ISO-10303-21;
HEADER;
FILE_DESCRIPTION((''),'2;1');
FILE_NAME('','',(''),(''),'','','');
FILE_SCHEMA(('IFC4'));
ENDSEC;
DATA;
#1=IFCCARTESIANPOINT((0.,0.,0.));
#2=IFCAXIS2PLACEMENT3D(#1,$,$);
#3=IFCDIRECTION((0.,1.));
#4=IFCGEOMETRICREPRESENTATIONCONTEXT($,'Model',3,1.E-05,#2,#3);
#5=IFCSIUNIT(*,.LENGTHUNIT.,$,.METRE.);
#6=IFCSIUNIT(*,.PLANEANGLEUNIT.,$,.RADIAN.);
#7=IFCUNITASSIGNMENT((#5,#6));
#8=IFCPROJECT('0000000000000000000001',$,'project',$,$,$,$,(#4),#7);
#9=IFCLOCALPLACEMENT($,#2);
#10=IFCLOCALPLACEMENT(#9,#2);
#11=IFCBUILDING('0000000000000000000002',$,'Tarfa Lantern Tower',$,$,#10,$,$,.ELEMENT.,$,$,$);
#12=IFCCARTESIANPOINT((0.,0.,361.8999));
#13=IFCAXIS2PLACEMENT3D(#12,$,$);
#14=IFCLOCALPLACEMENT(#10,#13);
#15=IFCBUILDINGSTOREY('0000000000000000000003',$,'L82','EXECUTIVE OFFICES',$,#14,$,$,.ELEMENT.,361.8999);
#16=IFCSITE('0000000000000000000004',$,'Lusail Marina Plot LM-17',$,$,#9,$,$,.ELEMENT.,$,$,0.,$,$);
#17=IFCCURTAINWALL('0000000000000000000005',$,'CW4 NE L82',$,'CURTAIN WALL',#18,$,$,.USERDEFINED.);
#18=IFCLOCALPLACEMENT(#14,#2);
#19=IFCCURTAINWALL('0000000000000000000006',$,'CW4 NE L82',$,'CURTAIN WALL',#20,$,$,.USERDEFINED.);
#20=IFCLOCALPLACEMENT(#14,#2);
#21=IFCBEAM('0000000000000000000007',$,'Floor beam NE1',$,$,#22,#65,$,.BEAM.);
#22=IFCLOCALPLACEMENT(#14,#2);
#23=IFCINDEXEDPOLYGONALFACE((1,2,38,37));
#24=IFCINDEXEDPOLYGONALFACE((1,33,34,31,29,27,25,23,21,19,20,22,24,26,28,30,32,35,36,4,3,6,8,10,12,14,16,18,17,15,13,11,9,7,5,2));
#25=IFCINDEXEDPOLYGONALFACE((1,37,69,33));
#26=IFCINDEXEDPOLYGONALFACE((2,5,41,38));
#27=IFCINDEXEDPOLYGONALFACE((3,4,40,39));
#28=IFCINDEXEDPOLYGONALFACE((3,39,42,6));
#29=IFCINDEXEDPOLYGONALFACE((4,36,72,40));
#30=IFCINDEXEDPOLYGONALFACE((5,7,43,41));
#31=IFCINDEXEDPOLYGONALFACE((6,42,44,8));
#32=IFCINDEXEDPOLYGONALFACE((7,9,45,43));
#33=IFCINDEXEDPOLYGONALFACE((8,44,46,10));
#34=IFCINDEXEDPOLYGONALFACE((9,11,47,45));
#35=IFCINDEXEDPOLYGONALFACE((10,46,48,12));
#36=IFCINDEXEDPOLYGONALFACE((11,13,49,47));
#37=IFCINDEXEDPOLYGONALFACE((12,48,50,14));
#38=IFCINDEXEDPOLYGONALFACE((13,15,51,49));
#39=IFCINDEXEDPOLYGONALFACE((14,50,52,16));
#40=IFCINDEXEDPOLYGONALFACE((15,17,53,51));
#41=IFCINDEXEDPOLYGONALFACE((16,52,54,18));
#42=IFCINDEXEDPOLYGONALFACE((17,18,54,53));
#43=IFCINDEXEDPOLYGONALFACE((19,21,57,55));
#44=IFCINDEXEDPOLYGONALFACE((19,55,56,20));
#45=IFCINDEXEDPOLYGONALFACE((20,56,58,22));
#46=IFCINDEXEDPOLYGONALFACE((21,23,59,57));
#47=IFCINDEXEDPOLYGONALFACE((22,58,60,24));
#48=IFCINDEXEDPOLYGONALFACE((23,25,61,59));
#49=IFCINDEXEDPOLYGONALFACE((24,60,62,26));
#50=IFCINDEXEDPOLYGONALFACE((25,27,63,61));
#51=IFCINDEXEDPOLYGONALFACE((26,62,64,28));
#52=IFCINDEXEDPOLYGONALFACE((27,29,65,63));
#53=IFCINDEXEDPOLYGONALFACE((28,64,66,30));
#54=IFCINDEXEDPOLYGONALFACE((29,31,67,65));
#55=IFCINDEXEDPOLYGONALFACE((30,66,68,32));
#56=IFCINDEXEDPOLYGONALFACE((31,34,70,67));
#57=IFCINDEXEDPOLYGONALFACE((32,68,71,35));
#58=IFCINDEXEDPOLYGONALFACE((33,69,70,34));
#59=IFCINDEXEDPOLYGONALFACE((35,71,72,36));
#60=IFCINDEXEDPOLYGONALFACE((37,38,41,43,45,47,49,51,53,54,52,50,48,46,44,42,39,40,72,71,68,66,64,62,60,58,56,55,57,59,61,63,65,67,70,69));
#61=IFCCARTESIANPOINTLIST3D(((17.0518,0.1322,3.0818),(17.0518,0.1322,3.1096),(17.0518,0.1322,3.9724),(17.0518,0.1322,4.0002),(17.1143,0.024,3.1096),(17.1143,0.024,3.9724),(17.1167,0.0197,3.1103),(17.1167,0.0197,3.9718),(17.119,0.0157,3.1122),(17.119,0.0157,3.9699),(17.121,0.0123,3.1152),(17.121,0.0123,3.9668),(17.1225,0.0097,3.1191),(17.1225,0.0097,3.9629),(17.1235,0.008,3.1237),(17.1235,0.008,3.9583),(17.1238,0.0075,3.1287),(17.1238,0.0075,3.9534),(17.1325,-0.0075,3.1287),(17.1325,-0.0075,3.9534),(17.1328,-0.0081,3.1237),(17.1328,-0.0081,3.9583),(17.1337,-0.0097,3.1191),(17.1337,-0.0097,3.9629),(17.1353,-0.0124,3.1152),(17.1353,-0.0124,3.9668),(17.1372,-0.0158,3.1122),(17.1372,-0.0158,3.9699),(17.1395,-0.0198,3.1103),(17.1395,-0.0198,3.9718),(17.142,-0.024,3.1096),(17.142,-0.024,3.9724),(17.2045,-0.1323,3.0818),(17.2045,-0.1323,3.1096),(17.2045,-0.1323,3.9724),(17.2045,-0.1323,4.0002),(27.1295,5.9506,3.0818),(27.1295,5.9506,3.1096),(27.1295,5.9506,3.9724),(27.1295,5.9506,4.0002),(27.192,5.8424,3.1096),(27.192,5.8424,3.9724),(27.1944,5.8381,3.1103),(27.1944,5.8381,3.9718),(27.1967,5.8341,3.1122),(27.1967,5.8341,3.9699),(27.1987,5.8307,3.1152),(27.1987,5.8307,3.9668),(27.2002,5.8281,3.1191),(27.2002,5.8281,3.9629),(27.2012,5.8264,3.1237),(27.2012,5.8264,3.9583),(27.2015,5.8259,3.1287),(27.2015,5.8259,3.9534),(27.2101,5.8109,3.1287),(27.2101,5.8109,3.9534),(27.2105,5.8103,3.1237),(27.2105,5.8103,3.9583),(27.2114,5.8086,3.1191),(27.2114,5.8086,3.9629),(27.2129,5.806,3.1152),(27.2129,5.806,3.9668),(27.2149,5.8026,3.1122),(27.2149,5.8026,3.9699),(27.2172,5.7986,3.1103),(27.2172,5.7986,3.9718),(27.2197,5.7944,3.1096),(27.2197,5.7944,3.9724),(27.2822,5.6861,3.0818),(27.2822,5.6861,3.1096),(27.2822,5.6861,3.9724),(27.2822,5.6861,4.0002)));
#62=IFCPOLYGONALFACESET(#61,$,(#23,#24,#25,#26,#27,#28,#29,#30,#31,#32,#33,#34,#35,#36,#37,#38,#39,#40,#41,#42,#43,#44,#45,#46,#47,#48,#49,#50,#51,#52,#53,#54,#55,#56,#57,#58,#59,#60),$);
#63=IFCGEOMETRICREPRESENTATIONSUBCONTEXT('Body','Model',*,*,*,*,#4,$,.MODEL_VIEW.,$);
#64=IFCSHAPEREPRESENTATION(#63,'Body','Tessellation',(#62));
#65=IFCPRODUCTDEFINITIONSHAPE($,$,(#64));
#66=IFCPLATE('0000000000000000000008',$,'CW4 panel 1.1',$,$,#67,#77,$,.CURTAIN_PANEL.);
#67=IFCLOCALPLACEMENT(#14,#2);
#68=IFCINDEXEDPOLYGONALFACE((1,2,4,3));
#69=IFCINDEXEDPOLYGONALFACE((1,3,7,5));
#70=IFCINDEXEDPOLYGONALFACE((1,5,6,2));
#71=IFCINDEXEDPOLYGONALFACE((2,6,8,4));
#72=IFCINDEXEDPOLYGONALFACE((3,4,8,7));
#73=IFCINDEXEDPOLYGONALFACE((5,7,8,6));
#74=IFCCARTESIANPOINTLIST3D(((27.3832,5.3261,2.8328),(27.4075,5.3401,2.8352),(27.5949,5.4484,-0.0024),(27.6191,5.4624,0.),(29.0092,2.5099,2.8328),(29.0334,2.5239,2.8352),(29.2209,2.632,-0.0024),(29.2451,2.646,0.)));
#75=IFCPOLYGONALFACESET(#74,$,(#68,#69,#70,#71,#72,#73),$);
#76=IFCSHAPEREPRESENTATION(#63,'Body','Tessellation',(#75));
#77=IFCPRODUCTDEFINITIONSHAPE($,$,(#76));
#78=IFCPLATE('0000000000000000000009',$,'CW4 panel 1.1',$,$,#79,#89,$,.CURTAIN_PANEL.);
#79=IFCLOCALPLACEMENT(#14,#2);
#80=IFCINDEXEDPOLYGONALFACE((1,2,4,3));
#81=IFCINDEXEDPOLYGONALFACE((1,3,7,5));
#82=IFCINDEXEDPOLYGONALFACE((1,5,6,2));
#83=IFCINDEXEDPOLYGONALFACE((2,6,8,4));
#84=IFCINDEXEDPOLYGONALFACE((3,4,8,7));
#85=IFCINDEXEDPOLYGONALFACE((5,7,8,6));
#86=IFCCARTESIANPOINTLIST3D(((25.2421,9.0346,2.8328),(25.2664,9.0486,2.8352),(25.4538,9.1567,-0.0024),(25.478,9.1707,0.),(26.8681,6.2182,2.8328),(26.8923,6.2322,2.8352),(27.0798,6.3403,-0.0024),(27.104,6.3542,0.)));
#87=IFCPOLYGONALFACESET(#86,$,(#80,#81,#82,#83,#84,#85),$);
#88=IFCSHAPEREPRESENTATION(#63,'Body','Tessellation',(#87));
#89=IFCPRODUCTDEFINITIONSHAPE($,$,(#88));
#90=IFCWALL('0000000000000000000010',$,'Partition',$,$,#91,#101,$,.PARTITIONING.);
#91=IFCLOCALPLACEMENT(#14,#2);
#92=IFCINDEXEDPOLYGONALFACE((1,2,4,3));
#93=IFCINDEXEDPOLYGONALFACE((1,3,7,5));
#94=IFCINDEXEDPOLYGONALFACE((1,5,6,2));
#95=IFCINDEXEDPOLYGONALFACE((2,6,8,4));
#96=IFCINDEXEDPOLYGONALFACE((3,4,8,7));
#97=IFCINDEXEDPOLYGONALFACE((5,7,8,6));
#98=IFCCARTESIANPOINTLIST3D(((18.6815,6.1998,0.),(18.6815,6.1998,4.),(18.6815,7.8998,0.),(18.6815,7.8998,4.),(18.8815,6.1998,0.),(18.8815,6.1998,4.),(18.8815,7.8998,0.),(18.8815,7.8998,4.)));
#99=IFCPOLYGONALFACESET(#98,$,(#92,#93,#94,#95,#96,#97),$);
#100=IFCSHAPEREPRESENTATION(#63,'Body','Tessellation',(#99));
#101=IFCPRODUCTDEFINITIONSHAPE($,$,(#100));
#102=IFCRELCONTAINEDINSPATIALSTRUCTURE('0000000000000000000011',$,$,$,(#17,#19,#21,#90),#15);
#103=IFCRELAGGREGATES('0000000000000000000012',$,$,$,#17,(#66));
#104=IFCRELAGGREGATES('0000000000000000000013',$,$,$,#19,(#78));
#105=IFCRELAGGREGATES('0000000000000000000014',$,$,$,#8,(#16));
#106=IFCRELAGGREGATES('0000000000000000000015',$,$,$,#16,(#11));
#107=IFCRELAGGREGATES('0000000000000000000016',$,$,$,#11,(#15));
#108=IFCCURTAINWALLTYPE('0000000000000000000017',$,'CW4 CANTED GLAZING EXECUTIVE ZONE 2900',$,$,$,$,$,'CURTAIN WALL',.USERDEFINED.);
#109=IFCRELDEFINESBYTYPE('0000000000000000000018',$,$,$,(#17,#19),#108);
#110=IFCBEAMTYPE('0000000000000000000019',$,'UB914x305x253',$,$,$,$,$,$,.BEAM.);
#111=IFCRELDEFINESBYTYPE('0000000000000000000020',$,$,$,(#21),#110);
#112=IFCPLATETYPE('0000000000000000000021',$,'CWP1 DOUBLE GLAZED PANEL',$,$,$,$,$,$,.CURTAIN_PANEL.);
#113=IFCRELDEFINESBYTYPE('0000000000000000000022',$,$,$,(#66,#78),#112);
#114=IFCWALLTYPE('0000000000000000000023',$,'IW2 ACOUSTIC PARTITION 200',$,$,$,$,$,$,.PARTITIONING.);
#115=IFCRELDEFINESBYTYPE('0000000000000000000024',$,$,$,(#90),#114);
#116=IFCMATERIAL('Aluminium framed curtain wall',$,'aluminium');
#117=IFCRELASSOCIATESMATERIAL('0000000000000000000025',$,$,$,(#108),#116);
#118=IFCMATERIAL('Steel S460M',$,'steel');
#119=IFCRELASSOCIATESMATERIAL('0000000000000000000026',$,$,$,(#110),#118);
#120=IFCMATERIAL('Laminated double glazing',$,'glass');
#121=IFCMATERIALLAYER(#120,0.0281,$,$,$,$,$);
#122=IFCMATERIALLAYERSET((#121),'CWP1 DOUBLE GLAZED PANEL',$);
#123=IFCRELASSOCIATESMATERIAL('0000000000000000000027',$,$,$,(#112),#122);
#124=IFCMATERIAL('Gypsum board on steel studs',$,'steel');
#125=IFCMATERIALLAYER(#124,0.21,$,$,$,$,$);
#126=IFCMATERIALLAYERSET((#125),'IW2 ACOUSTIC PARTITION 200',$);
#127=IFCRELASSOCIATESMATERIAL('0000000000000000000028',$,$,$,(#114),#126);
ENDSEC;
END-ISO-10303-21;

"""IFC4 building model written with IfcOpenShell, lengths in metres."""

from ifc_helpers import new_model, si_unit, direction, frame, frame_2d, origin, origin_2d, place, context, subcontext, project, spatial, polyline, rectangle, i_section, outline, extrude, material, layer, layer_set, material_profile, profile_set, type_object, element, aggregate, save


model = new_model("IFC4")

# Units and contexts
model_context = context("Model", 3, precision=1e-05, world=origin(), true_north=direction((0.0, 1.0)))
body_context = subcontext(model_context, "Body", "Model", "MODEL_VIEW")
ifc_project = project(units=[si_unit("LENGTHUNIT", "METRE"), si_unit("PLANEANGLEUNIT", "RADIAN")], contexts=[model_context])

# Site, building, storey
site_placement = place(None, origin())
site = spatial("IfcSite", under=ifc_project, at=site_placement, Name="Lusail Marina Plot LM-17", CompositionType="ELEMENT", RefElevation=0.0)
building_placement = place(site_placement, origin())
building = spatial("IfcBuilding", under=site, at=building_placement, Name="Tarfa Lantern Tower", CompositionType="ELEMENT")
storey_placement = place(building_placement, frame((0.0, 0.0, 361.8999)))
storey = spatial("IfcBuildingStorey", under=building, at=storey_placement, Name="L82", Description="EXECUTIVE OFFICES", CompositionType="ELEMENT", Elevation=361.8999)

# Curtain walls
ifc_material_1 = material(Name="Aluminium framed curtain wall", Category="aluminium")
curtain_wall_type = type_object("IfcCurtainWallType", Name="CW4 CANTED GLAZING EXECUTIVE ZONE 2900", ElementType="CURTAIN WALL", PredefinedType="USERDEFINED", material=ifc_material_1)
curtain_wall_1_placement = place(storey_placement, origin())
curtain_wall_1 = element("IfcCurtainWall", 1, at=curtain_wall_1_placement, inside=storey, type_object=curtain_wall_type, Name="CW4 NE L82", ObjectType="CURTAIN WALL", PredefinedType="USERDEFINED")
curtain_wall_2_placement = place(storey_placement, origin())
curtain_wall_2 = element("IfcCurtainWall", 2, at=curtain_wall_2_placement, inside=storey, type_object=curtain_wall_type, Name="CW4 NE L82", ObjectType="CURTAIN WALL", PredefinedType="USERDEFINED")

# Beam
ifc_material_2 = material(Name="Steel S460M", Category="steel")
ifc_material_profile_1 = material_profile(ifc_material_2, i_section(OverallWidth=0.3054, OverallDepth=0.9185, WebThickness=0.0173, FlangeThickness=0.0278, FilletRadius=0.019, at=origin_2d()), Name="UB914x305x253")
ifc_profile_set_1 = profile_set([ifc_material_profile_1], Name="Steel S460M")
beam_type_1 = type_object("IfcBeamType", Name="UB914x305x253", PredefinedType="BEAM", material=ifc_profile_set_1)
beam_1_placement = place(storey_placement, frame((27.2058, 5.8184, 3.541), z_axis=(-0.866024, -0.500002, 0.0), x_axis=(0.500002, -0.866024, 0.0)))
element("IfcBeam", 3, at=beam_1_placement, inside=storey, type_object=beam_type_1, Name="Floor beam NE1", PredefinedType="BEAM", context=body_context, shape_type="SweptSolid", body=[
    extrude(i_section(OverallWidth=0.3054, OverallDepth=0.9185, WebThickness=0.0173, FlangeThickness=0.0278, FilletRadius=0.019, at=origin_2d()), origin(), (0.0, 0.0, 1.0), 11.6367),
])

# Plates
ifc_material_3 = material(Name="Laminated double glazing", Category="glass")
ifc_layer_1 = layer(ifc_material_3, 0.0281)
ifc_layer_set_1 = layer_set([ifc_layer_1], Name="CWP1 DOUBLE GLAZED PANEL")
plate_type = type_object("IfcPlateType", Name="CWP1 DOUBLE GLAZED PANEL", PredefinedType="CURTAIN_PANEL", material=ifc_layer_set_1)
plate_1_placement = place(storey_placement, frame((29.2451, 2.646, 0.0), z_axis=(0.862826, 0.498151, 0.085886), x_axis=(-0.499999, 0.866026, -0.000002)))
plate_1 = element("IfcPlate", 4, at=plate_1_placement, type_object=plate_type, Name="CW4 panel 1.1", PredefinedType="CURTAIN_PANEL", context=body_context, shape_type="SweptSolid", body=[
    extrude(outline(polyline([(0.0, 0.0), (3.2521, 0.0), (3.252, 2.8457), (0.0001, 2.8457), (0.0, 0.0)])), origin(), (0.0, 0.0, -1.0), 0.0281),
])
aggregate(curtain_wall_1, [plate_1])
plate_2_placement = place(storey_placement, frame((27.104, 6.3542, 0.0), z_axis=(0.862837, 0.498136, 0.085865), x_axis=(-0.499982, 0.866036, 0.0)))
plate_2 = element("IfcPlate", 5, at=plate_2_placement, type_object=plate_type, Name="CW4 panel 1.1", PredefinedType="CURTAIN_PANEL", context=body_context, shape_type="SweptSolid", body=[
    extrude(outline(polyline([(0.0, 0.0), (3.2521, 0.0), (3.2522, 2.8457), (0.0001, 2.8457), (0.0, 0.0)])), origin(), (0.0, 0.0, -1.0), 0.0281),
])
aggregate(curtain_wall_2, [plate_2])

# Wall
ifc_material_4 = material(Name="Gypsum board on steel studs", Category="steel")
ifc_layer_2 = layer(ifc_material_4, 0.21)
ifc_layer_set_2 = layer_set([ifc_layer_2], Name="IW2 ACOUSTIC PARTITION 200")
wall_type = type_object("IfcWallType", Name="IW2 ACOUSTIC PARTITION 200", PredefinedType="PARTITIONING", material=ifc_layer_set_2)
wall_placement = place(storey_placement, frame((18.7815, 7.8999, 0.0), z_axis=(0.0, 0.0, 1.0), x_axis=(0.0, -1.0, 0.0)))
element("IfcWall", 6, at=wall_placement, inside=storey, type_object=wall_type, Name="Partition", PredefinedType="PARTITIONING", context=body_context, shape_type="SweptSolid", body=[
    extrude(rectangle(XDim=1.7, YDim=0.2, at=frame_2d((0.8501, 0.0))), origin(), (0.0, 0.0, 1.0), 4.0),
])

save(model, "model.ifc")
